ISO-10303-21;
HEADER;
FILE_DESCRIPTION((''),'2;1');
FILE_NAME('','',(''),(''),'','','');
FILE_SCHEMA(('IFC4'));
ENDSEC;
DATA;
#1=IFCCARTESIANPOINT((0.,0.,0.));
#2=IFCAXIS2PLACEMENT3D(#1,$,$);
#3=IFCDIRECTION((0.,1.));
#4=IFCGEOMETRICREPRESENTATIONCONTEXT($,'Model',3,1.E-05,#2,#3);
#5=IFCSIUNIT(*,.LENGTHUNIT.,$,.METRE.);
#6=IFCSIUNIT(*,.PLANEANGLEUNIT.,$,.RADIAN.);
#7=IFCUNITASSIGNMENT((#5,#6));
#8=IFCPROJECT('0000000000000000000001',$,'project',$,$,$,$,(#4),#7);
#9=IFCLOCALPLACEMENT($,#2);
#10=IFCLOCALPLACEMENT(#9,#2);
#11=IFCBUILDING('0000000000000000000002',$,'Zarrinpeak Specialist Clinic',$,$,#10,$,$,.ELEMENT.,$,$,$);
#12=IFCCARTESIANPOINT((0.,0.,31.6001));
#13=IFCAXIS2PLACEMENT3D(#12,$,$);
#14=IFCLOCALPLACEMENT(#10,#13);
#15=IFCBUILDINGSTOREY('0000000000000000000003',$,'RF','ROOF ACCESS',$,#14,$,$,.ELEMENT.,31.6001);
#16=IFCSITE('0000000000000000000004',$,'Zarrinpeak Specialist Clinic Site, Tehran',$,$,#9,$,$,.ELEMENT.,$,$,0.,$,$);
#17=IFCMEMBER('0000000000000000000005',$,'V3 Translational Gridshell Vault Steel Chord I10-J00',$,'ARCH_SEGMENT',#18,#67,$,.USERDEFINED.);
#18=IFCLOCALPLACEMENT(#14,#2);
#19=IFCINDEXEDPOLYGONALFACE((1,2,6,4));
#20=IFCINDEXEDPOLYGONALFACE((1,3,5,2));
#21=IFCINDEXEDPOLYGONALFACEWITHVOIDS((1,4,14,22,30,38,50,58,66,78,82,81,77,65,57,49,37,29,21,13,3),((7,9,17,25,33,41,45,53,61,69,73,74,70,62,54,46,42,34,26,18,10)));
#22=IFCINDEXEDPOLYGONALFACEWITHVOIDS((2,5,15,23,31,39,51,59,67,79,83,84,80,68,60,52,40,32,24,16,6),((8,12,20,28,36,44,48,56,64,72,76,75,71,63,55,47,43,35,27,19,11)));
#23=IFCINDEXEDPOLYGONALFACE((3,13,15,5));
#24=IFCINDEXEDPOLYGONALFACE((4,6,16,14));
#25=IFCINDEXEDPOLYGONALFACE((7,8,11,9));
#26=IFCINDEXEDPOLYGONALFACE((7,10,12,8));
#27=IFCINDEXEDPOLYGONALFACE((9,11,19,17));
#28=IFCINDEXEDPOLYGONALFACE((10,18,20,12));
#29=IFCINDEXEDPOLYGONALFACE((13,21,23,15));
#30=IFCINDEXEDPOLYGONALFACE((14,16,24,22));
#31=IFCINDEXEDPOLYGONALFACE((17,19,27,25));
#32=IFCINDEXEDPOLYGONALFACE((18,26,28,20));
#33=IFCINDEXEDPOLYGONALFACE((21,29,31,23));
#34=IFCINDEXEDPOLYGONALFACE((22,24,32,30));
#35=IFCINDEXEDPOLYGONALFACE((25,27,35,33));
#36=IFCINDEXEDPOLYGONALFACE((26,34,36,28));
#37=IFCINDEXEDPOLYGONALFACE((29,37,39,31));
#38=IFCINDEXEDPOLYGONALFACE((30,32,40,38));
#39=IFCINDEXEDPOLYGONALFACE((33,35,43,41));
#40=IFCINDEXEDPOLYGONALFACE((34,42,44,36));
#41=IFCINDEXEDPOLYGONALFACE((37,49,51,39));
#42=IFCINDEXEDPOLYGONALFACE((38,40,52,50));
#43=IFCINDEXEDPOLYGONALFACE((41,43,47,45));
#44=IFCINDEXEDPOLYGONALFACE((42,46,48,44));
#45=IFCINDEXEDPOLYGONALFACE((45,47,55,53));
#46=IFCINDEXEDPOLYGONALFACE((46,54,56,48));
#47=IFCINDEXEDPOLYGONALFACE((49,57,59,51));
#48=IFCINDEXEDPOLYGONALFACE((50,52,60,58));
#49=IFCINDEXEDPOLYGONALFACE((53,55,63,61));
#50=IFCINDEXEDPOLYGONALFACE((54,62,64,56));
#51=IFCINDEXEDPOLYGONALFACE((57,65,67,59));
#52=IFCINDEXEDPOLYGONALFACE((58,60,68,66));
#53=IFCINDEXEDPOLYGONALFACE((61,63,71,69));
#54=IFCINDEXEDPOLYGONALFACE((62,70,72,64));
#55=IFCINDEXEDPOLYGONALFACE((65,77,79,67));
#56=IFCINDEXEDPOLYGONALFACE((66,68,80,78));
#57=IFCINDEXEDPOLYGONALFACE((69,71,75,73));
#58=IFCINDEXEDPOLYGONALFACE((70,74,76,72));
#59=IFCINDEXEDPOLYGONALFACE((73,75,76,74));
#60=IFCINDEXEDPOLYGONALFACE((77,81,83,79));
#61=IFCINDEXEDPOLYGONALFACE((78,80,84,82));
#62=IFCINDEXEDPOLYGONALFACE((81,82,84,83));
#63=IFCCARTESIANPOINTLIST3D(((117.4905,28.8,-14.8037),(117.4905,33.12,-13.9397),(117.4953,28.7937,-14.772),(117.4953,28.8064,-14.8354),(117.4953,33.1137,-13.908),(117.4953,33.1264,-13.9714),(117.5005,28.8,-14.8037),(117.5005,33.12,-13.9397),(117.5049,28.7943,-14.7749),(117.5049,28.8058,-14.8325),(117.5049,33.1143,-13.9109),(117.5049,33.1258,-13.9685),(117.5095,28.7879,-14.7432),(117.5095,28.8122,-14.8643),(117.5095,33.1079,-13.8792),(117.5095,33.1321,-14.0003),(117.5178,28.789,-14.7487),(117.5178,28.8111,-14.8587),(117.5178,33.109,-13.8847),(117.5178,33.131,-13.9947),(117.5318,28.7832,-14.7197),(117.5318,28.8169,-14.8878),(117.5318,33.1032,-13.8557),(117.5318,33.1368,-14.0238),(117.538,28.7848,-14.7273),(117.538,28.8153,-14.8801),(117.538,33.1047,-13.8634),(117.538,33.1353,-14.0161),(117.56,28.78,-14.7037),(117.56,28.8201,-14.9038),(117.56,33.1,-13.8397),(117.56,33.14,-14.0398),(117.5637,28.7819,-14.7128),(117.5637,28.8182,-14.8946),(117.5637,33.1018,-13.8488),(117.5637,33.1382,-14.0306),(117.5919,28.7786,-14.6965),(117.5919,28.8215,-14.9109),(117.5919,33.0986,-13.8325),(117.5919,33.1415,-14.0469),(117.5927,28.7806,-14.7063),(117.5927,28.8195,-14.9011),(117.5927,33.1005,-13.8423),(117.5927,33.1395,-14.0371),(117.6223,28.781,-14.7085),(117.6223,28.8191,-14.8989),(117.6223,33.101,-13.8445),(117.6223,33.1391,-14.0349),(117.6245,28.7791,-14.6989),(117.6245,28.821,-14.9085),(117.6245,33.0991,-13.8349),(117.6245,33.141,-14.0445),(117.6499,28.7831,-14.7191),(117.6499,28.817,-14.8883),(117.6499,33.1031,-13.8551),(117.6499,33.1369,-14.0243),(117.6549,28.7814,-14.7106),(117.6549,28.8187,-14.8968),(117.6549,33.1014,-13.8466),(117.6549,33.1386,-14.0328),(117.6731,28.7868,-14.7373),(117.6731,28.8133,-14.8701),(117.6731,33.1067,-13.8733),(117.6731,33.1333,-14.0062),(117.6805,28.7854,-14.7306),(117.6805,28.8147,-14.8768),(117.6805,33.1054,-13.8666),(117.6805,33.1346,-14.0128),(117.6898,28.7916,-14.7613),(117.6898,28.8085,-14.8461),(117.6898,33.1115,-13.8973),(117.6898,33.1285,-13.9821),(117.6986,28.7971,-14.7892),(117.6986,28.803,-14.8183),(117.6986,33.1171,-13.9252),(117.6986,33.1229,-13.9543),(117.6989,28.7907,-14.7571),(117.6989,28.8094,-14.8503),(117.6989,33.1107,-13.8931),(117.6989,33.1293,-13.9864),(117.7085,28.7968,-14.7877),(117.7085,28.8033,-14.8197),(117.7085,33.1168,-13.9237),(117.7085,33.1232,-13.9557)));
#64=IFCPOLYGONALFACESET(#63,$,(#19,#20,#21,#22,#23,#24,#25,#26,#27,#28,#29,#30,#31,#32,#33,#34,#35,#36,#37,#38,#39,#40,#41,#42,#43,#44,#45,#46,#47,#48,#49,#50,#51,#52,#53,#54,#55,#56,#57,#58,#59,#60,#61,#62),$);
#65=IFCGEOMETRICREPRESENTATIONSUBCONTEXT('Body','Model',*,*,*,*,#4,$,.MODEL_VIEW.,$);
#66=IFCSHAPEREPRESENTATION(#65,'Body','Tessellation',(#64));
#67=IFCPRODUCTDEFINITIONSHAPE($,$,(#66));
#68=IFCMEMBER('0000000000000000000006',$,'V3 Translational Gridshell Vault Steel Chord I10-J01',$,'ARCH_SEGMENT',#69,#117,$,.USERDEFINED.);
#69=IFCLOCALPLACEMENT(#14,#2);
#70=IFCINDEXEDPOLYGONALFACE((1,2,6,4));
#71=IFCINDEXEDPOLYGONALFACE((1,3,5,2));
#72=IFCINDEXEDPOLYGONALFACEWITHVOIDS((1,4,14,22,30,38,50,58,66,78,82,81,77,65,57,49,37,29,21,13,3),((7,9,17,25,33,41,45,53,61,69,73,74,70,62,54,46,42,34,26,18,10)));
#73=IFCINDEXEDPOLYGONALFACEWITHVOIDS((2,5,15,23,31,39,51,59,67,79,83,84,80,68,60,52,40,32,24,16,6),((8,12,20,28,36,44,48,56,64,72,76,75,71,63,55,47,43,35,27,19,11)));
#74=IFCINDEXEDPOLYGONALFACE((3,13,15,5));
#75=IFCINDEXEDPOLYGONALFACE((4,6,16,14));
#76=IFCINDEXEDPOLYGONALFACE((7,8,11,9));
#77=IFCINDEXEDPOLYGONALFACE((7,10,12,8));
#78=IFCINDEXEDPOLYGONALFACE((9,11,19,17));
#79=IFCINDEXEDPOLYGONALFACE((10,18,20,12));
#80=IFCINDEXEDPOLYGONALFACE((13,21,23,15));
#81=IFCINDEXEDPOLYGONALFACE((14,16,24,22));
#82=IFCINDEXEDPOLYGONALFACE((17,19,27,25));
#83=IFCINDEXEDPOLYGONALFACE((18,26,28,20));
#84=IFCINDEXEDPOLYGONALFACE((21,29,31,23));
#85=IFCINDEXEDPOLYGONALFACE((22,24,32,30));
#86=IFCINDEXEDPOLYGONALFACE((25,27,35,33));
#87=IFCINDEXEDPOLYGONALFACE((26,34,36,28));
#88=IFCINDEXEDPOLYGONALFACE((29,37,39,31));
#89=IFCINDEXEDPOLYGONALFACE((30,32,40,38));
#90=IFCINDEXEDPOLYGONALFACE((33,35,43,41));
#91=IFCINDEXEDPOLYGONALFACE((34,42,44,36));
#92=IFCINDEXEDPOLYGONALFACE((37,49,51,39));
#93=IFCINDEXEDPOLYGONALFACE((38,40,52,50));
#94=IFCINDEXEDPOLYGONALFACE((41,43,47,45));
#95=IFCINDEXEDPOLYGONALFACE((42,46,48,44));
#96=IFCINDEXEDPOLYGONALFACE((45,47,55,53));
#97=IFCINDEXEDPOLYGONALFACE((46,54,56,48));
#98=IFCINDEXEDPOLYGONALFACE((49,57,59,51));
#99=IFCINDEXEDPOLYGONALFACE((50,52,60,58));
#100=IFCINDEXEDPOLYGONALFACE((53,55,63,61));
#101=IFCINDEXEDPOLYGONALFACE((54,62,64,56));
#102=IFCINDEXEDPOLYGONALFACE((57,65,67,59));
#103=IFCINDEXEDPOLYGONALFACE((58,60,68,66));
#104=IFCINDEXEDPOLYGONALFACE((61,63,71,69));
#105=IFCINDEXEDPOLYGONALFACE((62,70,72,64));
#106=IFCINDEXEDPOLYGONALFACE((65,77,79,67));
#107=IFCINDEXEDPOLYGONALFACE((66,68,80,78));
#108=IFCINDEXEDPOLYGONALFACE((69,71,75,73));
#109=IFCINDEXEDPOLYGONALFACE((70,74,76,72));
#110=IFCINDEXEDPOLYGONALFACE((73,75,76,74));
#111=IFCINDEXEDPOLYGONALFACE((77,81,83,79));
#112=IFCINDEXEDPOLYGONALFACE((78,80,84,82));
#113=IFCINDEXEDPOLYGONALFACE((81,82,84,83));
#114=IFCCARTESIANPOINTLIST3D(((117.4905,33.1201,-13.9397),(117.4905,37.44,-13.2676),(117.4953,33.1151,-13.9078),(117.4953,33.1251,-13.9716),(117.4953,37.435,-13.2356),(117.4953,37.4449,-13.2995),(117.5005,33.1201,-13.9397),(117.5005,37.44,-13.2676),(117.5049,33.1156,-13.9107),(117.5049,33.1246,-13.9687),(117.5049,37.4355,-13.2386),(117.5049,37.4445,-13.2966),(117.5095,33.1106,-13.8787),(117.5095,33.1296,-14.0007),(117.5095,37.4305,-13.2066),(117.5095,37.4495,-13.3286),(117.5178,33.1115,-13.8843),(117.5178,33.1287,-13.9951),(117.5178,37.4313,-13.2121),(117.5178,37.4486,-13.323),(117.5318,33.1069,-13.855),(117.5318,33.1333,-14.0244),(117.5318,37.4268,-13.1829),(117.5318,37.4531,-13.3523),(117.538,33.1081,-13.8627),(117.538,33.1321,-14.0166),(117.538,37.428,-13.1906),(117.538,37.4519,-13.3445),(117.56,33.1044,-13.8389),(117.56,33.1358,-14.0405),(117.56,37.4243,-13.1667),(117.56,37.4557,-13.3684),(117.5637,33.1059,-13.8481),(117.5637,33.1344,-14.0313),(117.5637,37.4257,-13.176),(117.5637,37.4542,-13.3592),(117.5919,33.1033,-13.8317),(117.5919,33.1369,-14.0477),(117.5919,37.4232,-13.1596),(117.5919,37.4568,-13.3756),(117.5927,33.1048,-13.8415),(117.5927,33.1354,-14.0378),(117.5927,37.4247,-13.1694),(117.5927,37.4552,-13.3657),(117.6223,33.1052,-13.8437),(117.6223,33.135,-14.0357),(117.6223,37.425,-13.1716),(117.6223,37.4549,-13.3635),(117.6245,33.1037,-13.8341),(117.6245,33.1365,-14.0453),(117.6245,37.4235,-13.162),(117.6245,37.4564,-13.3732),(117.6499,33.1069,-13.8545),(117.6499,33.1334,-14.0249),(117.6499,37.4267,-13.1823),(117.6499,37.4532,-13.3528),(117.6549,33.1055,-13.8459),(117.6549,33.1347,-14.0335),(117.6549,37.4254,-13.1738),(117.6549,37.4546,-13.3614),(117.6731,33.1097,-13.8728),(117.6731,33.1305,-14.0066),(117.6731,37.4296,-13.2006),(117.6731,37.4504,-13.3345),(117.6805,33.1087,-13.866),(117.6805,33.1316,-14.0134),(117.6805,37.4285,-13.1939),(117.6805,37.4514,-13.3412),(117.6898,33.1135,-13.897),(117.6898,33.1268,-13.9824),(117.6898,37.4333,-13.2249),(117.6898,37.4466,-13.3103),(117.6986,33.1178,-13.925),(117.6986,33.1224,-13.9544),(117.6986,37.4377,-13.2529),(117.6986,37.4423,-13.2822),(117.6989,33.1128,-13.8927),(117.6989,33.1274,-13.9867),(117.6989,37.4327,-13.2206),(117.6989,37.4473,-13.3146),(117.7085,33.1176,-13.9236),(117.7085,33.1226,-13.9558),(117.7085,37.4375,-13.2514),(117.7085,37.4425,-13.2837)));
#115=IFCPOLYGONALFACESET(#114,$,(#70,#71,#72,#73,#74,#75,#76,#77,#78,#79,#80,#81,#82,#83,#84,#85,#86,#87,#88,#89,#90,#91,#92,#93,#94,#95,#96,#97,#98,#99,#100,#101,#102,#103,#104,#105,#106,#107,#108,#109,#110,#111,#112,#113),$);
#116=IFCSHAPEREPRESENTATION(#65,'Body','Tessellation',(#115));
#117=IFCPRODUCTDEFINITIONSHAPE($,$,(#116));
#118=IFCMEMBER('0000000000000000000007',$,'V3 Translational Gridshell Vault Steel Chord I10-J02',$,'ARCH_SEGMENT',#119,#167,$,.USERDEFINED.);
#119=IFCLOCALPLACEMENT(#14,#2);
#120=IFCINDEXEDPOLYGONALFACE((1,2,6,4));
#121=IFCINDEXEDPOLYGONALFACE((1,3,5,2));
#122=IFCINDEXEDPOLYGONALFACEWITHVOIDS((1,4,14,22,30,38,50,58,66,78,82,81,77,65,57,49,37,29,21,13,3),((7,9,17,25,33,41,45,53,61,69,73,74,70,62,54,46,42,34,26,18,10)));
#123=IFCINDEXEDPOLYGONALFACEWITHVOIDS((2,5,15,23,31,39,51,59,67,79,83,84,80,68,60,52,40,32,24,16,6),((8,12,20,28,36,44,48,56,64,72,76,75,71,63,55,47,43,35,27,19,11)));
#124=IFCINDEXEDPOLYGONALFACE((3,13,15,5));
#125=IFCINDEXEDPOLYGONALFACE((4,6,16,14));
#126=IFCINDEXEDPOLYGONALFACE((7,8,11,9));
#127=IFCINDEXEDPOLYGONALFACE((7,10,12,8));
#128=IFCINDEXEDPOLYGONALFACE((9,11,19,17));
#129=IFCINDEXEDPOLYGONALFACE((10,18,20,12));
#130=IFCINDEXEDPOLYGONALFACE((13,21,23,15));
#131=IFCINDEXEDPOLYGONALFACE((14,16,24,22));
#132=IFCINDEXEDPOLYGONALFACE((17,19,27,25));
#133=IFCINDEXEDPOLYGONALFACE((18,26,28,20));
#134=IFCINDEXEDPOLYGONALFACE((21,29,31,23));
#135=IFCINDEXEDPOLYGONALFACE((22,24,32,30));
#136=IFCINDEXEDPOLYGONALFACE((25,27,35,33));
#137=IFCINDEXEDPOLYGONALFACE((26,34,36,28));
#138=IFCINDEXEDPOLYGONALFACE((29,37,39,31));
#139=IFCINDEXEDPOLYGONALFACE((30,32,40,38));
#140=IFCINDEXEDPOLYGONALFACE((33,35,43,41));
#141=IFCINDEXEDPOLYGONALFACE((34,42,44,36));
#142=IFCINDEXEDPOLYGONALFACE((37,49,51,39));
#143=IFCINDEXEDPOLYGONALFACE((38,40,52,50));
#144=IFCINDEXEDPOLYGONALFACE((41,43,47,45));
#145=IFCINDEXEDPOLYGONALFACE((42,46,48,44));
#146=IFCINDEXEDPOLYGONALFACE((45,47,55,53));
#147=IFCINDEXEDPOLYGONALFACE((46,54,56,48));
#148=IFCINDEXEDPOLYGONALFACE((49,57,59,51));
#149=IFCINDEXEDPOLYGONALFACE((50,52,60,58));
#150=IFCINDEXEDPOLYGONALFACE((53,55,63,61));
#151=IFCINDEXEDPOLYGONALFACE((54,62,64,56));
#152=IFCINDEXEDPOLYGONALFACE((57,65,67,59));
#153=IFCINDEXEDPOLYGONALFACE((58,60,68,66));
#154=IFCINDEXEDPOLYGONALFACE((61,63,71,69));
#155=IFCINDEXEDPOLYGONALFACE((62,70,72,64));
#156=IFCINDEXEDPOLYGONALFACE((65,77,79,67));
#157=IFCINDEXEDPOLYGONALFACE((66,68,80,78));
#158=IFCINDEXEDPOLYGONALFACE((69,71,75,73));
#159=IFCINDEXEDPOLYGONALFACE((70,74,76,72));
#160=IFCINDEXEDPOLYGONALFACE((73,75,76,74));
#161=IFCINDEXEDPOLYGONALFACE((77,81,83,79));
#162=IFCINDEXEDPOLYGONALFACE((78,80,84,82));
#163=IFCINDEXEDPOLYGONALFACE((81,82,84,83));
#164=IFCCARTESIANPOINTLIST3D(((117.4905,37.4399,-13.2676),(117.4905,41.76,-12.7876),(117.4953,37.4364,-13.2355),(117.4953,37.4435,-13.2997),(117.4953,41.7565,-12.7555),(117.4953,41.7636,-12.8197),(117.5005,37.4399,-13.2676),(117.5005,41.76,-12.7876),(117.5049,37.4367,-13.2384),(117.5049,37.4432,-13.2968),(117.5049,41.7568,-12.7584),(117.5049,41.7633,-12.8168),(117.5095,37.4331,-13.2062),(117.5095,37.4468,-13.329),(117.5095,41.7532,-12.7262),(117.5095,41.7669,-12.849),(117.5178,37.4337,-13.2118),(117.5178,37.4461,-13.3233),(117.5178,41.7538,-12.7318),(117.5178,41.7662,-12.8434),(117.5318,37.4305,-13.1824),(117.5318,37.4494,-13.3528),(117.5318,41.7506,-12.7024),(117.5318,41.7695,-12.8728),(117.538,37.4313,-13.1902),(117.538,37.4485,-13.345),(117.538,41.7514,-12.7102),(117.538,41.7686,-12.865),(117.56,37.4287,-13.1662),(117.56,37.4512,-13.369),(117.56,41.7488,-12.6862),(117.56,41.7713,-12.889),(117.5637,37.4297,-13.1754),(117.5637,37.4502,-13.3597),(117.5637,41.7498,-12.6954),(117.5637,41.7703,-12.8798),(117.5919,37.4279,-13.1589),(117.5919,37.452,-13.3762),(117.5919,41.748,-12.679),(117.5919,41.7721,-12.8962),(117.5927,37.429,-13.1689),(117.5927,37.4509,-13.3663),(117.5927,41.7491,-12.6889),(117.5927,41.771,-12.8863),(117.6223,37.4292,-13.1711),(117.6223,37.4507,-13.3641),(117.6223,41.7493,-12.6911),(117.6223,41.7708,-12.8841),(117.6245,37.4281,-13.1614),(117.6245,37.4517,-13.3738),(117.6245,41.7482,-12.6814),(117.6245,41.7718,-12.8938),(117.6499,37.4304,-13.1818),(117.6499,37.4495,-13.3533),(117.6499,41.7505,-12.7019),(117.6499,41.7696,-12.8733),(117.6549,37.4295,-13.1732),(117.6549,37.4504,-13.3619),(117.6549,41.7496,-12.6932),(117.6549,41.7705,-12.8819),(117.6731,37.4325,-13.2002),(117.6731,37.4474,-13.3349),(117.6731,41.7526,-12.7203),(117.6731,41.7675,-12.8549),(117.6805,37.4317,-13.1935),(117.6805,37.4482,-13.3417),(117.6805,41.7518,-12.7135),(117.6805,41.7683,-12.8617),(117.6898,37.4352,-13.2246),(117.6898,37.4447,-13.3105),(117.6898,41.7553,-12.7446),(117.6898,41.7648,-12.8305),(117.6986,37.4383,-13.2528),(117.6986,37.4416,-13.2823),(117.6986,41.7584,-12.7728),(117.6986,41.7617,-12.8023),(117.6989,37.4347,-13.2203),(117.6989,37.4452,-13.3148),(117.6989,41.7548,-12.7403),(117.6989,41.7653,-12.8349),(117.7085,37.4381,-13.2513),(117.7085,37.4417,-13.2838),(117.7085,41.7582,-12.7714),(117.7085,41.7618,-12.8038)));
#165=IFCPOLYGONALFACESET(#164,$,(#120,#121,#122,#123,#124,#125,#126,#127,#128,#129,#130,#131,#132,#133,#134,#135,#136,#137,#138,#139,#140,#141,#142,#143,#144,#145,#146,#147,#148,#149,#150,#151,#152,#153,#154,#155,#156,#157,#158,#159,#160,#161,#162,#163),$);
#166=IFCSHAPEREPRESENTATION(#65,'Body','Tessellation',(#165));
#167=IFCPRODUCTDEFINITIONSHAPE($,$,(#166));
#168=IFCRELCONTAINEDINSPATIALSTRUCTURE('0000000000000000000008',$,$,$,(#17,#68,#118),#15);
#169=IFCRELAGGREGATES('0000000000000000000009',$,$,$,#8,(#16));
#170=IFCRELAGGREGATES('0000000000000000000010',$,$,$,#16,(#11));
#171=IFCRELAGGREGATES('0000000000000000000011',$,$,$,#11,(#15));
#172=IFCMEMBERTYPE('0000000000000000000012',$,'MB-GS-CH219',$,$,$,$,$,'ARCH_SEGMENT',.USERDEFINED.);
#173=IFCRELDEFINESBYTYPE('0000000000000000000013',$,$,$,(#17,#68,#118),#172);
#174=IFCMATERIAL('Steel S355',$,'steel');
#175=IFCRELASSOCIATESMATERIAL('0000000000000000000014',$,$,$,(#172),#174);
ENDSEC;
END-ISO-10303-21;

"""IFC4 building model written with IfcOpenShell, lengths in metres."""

from ifc_helpers import new_model, si_unit, direction, frame, origin, origin_2d, place, context, subcontext, project, spatial, hollow_circle, extrude, material, material_profile, profile_set, type_object, element, save


model = new_model("IFC4")

# Units and contexts
model_context = context("Model", 3, precision=1e-05, world=origin(), true_north=direction((0.0, 1.0)))
body_context = subcontext(model_context, "Body", "Model", "MODEL_VIEW")
ifc_project = project(units=[si_unit("LENGTHUNIT", "METRE"), si_unit("PLANEANGLEUNIT", "RADIAN")], contexts=[model_context])

# Site, building, storey
site_placement = place(None, origin())
site = spatial("IfcSite", under=ifc_project, at=site_placement, Name="Zarrinpeak Specialist Clinic Site, Tehran", CompositionType="ELEMENT", RefElevation=0.0)
building_placement = place(site_placement, origin())
building = spatial("IfcBuilding", under=site, at=building_placement, Name="Zarrinpeak Specialist Clinic", CompositionType="ELEMENT")
storey_placement = place(building_placement, frame((0.0, 0.0, 31.6001)))
storey = spatial("IfcBuildingStorey", under=building, at=storey_placement, Name="RF", Description="ROOF ACCESS", CompositionType="ELEMENT", Elevation=31.6001)

# Members
ifc_material_1 = material(Name="Steel S355", Category="steel")
ifc_material_profile_1 = material_profile(ifc_material_1, hollow_circle(Radius=0.1096, WallThickness=0.01, at=origin_2d()), Name="CHS 219.1x10.0")
ifc_profile_set_1 = profile_set([ifc_material_profile_1], Name="Steel S355")
member_type_1 = type_object("IfcMemberType", Name="MB-GS-CH219", ElementType="ARCH_SEGMENT", PredefinedType="USERDEFINED", material=ifc_profile_set_1)
member_1_placement = place(storey_placement, frame((117.6001, 28.8, -14.8037), z_axis=(0.0, 0.980581, 0.196116), x_axis=(-1.0, 0.0, 0.0)))
element("IfcMember", 1, at=member_1_placement, inside=storey, type_object=member_type_1, Name="V3 Translational Gridshell Vault Steel Chord I10-J00", ObjectType="ARCH_SEGMENT", PredefinedType="USERDEFINED", context=body_context, shape_type="SweptSolid", body=[
    extrude(hollow_circle(Radius=0.1096, WallThickness=0.01, at=origin_2d()), origin(), (0.0, 0.0, 1.0), 4.4055),
])
member_2_placement = place(storey_placement, frame((117.6001, 33.1201, -13.9397), z_axis=(0.0, 0.988111, 0.15374), x_axis=(-1.0, 0.0, 0.0)))
element("IfcMember", 2, at=member_2_placement, inside=storey, type_object=member_type_1, Name="V3 Translational Gridshell Vault Steel Chord I10-J01", ObjectType="ARCH_SEGMENT", PredefinedType="USERDEFINED", context=body_context, shape_type="SweptSolid", body=[
    extrude(hollow_circle(Radius=0.1096, WallThickness=0.01, at=origin_2d()), origin(), (0.0, 0.0, 1.0), 4.3718),
])
member_3_placement = place(storey_placement, frame((117.6001, 37.4399, -13.2676), z_axis=(0.0, 0.993884, 0.110425), x_axis=(-1.0, 0.0, 0.0)))
element("IfcMember", 3, at=member_3_placement, inside=storey, type_object=member_type_1, Name="V3 Translational Gridshell Vault Steel Chord I10-J02", ObjectType="ARCH_SEGMENT", PredefinedType="USERDEFINED", context=body_context, shape_type="SweptSolid", body=[
    extrude(hollow_circle(Radius=0.1096, WallThickness=0.01, at=origin_2d()), origin(), (0.0, 0.0, 1.0), 4.3467),
])

save(model, "model.ifc")
